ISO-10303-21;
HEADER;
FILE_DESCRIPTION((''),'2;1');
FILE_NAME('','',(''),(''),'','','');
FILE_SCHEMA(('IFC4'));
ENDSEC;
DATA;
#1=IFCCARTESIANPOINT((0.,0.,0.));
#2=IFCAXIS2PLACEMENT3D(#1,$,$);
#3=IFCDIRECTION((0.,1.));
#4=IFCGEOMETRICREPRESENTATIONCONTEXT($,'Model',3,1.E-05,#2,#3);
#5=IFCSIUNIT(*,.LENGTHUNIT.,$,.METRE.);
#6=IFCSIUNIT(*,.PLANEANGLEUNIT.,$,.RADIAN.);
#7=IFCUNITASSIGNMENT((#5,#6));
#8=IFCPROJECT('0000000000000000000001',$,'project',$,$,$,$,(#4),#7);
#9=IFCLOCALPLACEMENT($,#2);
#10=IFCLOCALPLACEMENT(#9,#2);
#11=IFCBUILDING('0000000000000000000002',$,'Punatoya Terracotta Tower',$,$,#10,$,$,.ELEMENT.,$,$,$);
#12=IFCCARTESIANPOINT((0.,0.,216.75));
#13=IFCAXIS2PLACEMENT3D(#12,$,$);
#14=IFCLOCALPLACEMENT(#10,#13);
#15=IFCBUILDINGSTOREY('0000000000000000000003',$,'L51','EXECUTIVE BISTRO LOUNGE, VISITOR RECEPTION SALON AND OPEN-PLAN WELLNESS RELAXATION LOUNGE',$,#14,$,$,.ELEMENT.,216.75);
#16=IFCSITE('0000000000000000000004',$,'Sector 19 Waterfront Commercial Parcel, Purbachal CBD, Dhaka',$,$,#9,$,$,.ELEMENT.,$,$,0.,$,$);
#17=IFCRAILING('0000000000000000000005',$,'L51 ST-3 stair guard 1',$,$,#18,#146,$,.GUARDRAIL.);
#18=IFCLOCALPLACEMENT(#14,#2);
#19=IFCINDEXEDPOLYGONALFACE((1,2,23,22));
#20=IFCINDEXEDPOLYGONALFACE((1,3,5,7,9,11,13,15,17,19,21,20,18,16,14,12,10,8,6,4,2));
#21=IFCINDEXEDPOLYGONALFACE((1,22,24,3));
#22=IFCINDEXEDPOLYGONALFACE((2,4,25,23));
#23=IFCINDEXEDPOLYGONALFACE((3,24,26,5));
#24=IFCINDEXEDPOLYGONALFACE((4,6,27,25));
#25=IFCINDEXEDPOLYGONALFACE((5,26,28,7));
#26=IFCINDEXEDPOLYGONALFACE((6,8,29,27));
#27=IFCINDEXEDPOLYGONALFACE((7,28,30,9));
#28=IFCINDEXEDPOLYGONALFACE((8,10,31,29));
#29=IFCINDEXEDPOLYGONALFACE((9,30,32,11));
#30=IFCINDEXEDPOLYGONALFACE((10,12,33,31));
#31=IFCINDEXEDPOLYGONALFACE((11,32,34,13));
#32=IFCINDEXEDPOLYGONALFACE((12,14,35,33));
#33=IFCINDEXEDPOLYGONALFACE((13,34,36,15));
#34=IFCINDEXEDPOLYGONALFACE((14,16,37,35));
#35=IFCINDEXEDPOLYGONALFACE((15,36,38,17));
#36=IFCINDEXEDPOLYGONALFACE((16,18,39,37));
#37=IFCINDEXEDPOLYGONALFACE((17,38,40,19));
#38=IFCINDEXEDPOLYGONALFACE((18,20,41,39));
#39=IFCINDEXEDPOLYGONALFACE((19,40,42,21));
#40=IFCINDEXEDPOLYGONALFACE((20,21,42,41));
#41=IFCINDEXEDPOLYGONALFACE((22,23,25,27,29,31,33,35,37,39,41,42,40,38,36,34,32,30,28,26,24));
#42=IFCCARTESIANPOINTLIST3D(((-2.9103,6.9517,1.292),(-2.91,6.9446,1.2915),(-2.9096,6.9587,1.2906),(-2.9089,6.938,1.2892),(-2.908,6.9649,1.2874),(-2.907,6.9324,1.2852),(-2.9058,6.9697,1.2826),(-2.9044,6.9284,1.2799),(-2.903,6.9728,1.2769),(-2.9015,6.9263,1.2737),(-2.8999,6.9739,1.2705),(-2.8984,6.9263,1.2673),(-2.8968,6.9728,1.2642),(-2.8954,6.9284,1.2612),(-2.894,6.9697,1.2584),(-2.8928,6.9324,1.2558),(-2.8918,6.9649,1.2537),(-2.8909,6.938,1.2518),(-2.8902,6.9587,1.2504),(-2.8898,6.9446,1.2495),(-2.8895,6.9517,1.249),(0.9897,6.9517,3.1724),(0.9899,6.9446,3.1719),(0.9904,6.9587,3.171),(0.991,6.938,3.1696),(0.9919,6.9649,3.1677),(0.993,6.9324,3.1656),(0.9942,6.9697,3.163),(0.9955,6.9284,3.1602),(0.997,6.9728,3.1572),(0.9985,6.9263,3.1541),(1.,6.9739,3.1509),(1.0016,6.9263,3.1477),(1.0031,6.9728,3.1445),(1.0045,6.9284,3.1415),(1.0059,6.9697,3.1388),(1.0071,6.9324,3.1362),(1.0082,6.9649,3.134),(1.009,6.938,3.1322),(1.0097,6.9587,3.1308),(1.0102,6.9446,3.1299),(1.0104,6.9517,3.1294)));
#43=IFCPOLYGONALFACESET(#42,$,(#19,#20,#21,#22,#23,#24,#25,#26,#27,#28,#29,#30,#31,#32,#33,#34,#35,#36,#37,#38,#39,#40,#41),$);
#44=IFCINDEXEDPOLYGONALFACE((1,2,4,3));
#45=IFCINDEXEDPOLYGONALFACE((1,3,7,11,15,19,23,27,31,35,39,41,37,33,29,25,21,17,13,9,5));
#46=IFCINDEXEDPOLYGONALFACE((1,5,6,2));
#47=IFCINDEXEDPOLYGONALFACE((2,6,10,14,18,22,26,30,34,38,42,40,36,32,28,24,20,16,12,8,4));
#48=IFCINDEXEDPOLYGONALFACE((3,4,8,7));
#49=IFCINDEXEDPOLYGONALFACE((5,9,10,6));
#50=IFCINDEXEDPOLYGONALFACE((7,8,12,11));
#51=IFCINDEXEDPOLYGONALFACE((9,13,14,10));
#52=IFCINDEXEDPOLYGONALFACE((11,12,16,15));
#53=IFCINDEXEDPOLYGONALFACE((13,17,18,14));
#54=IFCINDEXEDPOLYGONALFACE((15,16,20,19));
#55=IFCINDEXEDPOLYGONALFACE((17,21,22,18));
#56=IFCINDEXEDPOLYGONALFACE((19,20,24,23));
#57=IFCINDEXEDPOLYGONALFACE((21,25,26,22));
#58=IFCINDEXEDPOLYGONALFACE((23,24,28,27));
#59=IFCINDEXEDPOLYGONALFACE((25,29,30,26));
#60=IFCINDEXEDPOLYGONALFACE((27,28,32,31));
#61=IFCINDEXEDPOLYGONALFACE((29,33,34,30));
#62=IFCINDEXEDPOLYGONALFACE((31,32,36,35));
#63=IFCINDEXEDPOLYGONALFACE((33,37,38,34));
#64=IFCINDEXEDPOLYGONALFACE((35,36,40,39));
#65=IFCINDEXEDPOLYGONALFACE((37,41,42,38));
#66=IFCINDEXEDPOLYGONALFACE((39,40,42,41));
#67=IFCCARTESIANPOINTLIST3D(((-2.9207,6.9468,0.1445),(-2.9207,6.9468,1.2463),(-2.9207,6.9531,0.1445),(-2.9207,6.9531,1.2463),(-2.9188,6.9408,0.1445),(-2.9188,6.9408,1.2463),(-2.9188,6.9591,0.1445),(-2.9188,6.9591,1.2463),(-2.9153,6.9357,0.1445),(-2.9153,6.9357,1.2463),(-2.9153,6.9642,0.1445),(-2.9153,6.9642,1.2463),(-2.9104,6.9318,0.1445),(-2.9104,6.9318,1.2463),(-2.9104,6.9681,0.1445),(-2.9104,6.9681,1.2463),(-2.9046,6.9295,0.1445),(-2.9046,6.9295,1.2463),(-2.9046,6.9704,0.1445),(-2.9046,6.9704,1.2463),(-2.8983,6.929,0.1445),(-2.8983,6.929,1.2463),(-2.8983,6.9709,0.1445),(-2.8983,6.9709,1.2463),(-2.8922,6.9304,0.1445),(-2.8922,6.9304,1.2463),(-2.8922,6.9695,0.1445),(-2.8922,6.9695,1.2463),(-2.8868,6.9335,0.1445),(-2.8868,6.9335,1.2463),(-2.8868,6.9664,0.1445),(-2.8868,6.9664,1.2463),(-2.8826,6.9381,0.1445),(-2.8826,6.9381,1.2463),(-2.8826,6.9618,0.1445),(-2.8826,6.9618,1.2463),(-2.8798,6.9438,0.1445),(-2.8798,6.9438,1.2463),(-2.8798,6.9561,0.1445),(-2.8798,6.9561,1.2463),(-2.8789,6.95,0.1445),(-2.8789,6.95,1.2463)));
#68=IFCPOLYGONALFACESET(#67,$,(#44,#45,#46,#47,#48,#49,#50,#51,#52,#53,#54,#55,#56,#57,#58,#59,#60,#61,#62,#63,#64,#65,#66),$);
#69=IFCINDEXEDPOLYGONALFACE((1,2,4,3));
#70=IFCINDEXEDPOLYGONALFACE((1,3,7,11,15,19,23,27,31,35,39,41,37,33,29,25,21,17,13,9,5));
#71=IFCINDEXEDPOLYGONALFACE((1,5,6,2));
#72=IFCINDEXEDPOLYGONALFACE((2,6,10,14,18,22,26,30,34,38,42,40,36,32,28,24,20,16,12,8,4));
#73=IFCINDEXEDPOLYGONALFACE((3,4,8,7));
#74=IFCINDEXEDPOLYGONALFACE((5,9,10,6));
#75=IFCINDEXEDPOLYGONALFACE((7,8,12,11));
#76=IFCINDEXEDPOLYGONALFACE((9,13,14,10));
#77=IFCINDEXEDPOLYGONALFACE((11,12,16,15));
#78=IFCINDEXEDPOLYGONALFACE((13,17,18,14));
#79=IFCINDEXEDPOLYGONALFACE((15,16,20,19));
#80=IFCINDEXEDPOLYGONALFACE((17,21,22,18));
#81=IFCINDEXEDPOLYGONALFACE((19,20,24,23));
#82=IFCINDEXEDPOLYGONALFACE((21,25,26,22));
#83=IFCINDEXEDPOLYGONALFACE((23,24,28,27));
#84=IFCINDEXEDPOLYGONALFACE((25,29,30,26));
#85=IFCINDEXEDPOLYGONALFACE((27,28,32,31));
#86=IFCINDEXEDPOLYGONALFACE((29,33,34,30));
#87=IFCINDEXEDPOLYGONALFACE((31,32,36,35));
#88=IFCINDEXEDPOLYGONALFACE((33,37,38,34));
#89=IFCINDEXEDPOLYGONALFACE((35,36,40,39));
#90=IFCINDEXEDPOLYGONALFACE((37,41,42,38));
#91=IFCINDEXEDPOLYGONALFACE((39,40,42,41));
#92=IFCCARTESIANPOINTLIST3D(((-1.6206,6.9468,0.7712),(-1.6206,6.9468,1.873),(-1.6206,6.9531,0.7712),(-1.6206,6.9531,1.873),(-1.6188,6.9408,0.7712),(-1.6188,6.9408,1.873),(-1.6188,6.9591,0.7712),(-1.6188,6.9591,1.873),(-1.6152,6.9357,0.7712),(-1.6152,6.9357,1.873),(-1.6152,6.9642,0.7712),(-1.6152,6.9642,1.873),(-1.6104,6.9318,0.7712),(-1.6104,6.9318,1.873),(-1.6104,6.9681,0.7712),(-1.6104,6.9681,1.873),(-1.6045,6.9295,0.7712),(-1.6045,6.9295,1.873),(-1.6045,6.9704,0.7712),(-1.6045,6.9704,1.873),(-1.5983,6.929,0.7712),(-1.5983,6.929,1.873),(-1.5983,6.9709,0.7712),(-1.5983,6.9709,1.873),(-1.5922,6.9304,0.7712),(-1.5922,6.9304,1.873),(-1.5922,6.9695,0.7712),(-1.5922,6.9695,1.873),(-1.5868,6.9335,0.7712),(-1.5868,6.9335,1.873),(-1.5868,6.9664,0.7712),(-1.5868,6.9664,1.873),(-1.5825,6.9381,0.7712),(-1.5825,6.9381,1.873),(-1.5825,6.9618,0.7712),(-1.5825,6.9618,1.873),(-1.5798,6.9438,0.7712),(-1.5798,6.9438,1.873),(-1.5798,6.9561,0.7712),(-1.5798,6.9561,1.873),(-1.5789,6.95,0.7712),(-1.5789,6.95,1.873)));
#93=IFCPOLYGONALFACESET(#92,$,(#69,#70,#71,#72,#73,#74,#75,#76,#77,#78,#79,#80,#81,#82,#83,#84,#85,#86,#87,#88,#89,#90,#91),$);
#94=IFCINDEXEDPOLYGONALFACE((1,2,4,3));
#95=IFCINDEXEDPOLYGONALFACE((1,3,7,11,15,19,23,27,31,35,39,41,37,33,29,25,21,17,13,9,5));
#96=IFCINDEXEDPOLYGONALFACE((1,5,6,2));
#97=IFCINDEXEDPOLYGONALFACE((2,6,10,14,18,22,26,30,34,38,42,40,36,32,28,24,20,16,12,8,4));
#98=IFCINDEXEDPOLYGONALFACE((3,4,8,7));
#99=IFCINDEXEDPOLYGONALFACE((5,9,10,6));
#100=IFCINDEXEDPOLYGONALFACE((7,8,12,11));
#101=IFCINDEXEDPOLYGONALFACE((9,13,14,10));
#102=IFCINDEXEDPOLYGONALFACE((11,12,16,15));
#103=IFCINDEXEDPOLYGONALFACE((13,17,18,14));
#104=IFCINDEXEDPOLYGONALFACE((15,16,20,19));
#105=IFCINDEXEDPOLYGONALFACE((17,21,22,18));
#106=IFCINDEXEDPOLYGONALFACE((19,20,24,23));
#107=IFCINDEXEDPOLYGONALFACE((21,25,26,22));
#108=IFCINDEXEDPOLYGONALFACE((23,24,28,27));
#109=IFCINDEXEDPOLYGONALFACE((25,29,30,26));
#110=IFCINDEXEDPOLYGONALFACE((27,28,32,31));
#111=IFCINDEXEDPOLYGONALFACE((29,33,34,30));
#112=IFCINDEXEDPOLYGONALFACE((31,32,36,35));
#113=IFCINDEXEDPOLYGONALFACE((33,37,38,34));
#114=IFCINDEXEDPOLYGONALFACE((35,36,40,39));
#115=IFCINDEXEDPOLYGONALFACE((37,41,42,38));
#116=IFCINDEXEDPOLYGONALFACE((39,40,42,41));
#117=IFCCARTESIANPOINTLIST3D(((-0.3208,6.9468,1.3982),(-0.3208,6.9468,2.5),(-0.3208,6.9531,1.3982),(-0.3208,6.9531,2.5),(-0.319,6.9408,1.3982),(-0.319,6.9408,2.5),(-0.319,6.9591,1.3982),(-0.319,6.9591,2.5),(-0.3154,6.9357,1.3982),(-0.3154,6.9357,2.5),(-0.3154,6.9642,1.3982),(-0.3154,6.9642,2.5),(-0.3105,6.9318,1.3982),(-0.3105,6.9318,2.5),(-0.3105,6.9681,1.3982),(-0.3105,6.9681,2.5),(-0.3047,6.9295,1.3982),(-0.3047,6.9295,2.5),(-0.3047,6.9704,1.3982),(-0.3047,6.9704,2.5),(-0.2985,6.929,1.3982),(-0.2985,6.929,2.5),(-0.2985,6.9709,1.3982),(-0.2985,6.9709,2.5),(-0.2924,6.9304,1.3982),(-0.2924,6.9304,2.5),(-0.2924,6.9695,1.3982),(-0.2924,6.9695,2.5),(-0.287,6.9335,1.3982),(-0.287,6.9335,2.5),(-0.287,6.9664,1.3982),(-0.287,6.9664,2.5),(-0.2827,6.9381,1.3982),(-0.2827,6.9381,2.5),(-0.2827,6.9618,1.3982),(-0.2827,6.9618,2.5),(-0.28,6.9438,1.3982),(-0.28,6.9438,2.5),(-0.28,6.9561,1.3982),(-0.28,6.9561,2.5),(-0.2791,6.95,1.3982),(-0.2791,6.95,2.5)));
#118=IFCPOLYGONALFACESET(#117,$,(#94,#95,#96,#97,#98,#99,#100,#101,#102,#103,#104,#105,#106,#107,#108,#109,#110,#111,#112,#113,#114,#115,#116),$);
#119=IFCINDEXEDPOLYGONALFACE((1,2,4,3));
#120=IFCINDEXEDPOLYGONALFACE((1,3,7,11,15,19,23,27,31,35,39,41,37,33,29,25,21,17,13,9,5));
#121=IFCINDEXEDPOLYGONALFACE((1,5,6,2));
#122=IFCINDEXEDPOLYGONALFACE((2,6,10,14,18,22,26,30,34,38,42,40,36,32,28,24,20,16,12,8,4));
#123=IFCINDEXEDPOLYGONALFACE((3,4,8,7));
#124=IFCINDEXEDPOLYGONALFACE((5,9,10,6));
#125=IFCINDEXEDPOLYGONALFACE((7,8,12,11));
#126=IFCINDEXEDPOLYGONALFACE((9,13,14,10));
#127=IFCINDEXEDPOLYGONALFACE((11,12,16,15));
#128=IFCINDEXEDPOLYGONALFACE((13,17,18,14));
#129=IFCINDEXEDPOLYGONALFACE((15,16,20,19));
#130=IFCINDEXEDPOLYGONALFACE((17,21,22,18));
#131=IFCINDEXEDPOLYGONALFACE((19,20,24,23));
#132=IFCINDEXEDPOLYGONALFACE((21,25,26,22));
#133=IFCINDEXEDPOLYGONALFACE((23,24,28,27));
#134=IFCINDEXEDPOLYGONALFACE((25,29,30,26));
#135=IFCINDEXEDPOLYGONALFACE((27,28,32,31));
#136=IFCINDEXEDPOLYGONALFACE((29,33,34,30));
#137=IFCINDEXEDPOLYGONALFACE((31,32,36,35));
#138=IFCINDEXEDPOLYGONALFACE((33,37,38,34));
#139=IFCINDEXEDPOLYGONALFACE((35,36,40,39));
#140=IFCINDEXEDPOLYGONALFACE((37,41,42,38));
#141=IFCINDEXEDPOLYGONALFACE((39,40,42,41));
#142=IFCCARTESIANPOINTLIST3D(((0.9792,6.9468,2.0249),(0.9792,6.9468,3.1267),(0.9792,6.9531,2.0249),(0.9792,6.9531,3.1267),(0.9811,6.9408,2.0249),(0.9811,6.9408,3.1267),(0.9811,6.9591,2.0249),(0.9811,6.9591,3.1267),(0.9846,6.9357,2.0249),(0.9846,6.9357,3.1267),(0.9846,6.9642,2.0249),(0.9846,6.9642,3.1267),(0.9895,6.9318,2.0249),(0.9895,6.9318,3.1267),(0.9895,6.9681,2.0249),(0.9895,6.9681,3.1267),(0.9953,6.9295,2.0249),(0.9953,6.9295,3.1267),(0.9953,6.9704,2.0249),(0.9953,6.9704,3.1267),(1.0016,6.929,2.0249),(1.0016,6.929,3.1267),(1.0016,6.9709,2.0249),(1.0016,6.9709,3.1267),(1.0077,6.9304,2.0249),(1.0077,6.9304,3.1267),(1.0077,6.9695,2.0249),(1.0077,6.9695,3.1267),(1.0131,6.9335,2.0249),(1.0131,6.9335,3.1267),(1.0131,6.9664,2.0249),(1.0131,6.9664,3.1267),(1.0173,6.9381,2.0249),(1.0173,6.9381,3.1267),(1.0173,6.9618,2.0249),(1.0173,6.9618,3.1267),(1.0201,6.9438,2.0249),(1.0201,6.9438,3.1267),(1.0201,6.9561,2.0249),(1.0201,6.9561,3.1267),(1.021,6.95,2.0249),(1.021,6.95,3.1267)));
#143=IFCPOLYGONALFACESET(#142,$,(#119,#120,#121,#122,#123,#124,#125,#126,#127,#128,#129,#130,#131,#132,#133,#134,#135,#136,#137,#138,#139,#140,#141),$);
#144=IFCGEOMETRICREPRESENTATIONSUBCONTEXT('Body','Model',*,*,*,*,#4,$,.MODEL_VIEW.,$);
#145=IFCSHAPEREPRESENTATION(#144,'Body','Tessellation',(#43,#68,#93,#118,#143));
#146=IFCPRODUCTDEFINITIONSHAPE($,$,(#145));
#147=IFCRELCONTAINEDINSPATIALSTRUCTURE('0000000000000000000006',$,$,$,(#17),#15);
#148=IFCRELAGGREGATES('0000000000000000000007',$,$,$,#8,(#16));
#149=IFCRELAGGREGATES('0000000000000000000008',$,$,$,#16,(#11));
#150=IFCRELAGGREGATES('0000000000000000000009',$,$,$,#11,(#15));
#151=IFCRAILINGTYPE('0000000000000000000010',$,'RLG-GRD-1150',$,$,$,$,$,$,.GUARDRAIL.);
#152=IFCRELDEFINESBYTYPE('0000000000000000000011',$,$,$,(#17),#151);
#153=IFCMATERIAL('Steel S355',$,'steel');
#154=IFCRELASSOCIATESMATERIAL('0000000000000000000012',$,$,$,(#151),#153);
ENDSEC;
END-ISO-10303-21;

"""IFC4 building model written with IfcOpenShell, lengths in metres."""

from ifc_helpers import new_model, si_unit, direction, frame, origin, origin_2d, place, context, subcontext, project, spatial, circle, extrude, material, type_object, element, save


model = new_model("IFC4")

# Units and contexts
model_context = context("Model", 3, precision=1e-05, world=origin(), true_north=direction((0.0, 1.0)))
body_context = subcontext(model_context, "Body", "Model", "MODEL_VIEW")
ifc_project = project(units=[si_unit("LENGTHUNIT", "METRE"), si_unit("PLANEANGLEUNIT", "RADIAN")], contexts=[model_context])

# Site, building, storey
site_placement = place(None, origin())
site = spatial("IfcSite", under=ifc_project, at=site_placement, Name="Sector 19 Waterfront Commercial Parcel, Purbachal CBD, Dhaka", CompositionType="ELEMENT", RefElevation=0.0)
building_placement = place(site_placement, origin())
building = spatial("IfcBuilding", under=site, at=building_placement, Name="Punatoya Terracotta Tower", CompositionType="ELEMENT")
storey_placement = place(building_placement, frame((0.0, 0.0, 216.75)))
storey = spatial("IfcBuildingStorey", under=building, at=storey_placement, Name="L51", Description="EXECUTIVE BISTRO LOUNGE, VISITOR RECEPTION SALON AND OPEN-PLAN WELLNESS RELAXATION LOUNGE", CompositionType="ELEMENT", Elevation=216.75)

# Shared definitions
ifc_material_1 = material(Name="Steel S355", Category="steel")

# Railing
railing_type = type_object("IfcRailingType", Name="RLG-GRD-1150", PredefinedType="GUARDRAIL", material=ifc_material_1)
railing_1_placement = place(storey_placement, frame((-2.8999, 6.95, 0.1445)))
element("IfcRailing", 1, at=railing_1_placement, inside=storey, type_object=railing_type, Name="L51 ST-3 stair guard 1", PredefinedType="GUARDRAIL", context=body_context, shape_type="SweptSolid", body=[
    extrude(circle(Radius=0.0239, at=origin_2d()), frame((0.0, 0.0, 1.126), z_axis=(0.900763, 0.0, 0.434311), x_axis=(0.0, 1.0, 0.0)), (0.0, 0.0, 1.0), 4.3296),
    extrude(circle(Radius=0.021, at=origin_2d()), origin(), (0.0, 0.0, 1.0), 1.1018),
    extrude(circle(Radius=0.021, at=origin_2d()), frame((1.3, 0.0, 0.6267)), (0.0, 0.0, 1.0), 1.1018),
    extrude(circle(Radius=0.021, at=origin_2d()), frame((2.5999, 0.0, 1.2537)), (0.0, 0.0, 1.0), 1.1018),
    extrude(circle(Radius=0.021, at=origin_2d()), frame((3.8999, 0.0, 1.8804)), (0.0, 0.0, 1.0), 1.1018),
])

save(model, "model.ifc")
